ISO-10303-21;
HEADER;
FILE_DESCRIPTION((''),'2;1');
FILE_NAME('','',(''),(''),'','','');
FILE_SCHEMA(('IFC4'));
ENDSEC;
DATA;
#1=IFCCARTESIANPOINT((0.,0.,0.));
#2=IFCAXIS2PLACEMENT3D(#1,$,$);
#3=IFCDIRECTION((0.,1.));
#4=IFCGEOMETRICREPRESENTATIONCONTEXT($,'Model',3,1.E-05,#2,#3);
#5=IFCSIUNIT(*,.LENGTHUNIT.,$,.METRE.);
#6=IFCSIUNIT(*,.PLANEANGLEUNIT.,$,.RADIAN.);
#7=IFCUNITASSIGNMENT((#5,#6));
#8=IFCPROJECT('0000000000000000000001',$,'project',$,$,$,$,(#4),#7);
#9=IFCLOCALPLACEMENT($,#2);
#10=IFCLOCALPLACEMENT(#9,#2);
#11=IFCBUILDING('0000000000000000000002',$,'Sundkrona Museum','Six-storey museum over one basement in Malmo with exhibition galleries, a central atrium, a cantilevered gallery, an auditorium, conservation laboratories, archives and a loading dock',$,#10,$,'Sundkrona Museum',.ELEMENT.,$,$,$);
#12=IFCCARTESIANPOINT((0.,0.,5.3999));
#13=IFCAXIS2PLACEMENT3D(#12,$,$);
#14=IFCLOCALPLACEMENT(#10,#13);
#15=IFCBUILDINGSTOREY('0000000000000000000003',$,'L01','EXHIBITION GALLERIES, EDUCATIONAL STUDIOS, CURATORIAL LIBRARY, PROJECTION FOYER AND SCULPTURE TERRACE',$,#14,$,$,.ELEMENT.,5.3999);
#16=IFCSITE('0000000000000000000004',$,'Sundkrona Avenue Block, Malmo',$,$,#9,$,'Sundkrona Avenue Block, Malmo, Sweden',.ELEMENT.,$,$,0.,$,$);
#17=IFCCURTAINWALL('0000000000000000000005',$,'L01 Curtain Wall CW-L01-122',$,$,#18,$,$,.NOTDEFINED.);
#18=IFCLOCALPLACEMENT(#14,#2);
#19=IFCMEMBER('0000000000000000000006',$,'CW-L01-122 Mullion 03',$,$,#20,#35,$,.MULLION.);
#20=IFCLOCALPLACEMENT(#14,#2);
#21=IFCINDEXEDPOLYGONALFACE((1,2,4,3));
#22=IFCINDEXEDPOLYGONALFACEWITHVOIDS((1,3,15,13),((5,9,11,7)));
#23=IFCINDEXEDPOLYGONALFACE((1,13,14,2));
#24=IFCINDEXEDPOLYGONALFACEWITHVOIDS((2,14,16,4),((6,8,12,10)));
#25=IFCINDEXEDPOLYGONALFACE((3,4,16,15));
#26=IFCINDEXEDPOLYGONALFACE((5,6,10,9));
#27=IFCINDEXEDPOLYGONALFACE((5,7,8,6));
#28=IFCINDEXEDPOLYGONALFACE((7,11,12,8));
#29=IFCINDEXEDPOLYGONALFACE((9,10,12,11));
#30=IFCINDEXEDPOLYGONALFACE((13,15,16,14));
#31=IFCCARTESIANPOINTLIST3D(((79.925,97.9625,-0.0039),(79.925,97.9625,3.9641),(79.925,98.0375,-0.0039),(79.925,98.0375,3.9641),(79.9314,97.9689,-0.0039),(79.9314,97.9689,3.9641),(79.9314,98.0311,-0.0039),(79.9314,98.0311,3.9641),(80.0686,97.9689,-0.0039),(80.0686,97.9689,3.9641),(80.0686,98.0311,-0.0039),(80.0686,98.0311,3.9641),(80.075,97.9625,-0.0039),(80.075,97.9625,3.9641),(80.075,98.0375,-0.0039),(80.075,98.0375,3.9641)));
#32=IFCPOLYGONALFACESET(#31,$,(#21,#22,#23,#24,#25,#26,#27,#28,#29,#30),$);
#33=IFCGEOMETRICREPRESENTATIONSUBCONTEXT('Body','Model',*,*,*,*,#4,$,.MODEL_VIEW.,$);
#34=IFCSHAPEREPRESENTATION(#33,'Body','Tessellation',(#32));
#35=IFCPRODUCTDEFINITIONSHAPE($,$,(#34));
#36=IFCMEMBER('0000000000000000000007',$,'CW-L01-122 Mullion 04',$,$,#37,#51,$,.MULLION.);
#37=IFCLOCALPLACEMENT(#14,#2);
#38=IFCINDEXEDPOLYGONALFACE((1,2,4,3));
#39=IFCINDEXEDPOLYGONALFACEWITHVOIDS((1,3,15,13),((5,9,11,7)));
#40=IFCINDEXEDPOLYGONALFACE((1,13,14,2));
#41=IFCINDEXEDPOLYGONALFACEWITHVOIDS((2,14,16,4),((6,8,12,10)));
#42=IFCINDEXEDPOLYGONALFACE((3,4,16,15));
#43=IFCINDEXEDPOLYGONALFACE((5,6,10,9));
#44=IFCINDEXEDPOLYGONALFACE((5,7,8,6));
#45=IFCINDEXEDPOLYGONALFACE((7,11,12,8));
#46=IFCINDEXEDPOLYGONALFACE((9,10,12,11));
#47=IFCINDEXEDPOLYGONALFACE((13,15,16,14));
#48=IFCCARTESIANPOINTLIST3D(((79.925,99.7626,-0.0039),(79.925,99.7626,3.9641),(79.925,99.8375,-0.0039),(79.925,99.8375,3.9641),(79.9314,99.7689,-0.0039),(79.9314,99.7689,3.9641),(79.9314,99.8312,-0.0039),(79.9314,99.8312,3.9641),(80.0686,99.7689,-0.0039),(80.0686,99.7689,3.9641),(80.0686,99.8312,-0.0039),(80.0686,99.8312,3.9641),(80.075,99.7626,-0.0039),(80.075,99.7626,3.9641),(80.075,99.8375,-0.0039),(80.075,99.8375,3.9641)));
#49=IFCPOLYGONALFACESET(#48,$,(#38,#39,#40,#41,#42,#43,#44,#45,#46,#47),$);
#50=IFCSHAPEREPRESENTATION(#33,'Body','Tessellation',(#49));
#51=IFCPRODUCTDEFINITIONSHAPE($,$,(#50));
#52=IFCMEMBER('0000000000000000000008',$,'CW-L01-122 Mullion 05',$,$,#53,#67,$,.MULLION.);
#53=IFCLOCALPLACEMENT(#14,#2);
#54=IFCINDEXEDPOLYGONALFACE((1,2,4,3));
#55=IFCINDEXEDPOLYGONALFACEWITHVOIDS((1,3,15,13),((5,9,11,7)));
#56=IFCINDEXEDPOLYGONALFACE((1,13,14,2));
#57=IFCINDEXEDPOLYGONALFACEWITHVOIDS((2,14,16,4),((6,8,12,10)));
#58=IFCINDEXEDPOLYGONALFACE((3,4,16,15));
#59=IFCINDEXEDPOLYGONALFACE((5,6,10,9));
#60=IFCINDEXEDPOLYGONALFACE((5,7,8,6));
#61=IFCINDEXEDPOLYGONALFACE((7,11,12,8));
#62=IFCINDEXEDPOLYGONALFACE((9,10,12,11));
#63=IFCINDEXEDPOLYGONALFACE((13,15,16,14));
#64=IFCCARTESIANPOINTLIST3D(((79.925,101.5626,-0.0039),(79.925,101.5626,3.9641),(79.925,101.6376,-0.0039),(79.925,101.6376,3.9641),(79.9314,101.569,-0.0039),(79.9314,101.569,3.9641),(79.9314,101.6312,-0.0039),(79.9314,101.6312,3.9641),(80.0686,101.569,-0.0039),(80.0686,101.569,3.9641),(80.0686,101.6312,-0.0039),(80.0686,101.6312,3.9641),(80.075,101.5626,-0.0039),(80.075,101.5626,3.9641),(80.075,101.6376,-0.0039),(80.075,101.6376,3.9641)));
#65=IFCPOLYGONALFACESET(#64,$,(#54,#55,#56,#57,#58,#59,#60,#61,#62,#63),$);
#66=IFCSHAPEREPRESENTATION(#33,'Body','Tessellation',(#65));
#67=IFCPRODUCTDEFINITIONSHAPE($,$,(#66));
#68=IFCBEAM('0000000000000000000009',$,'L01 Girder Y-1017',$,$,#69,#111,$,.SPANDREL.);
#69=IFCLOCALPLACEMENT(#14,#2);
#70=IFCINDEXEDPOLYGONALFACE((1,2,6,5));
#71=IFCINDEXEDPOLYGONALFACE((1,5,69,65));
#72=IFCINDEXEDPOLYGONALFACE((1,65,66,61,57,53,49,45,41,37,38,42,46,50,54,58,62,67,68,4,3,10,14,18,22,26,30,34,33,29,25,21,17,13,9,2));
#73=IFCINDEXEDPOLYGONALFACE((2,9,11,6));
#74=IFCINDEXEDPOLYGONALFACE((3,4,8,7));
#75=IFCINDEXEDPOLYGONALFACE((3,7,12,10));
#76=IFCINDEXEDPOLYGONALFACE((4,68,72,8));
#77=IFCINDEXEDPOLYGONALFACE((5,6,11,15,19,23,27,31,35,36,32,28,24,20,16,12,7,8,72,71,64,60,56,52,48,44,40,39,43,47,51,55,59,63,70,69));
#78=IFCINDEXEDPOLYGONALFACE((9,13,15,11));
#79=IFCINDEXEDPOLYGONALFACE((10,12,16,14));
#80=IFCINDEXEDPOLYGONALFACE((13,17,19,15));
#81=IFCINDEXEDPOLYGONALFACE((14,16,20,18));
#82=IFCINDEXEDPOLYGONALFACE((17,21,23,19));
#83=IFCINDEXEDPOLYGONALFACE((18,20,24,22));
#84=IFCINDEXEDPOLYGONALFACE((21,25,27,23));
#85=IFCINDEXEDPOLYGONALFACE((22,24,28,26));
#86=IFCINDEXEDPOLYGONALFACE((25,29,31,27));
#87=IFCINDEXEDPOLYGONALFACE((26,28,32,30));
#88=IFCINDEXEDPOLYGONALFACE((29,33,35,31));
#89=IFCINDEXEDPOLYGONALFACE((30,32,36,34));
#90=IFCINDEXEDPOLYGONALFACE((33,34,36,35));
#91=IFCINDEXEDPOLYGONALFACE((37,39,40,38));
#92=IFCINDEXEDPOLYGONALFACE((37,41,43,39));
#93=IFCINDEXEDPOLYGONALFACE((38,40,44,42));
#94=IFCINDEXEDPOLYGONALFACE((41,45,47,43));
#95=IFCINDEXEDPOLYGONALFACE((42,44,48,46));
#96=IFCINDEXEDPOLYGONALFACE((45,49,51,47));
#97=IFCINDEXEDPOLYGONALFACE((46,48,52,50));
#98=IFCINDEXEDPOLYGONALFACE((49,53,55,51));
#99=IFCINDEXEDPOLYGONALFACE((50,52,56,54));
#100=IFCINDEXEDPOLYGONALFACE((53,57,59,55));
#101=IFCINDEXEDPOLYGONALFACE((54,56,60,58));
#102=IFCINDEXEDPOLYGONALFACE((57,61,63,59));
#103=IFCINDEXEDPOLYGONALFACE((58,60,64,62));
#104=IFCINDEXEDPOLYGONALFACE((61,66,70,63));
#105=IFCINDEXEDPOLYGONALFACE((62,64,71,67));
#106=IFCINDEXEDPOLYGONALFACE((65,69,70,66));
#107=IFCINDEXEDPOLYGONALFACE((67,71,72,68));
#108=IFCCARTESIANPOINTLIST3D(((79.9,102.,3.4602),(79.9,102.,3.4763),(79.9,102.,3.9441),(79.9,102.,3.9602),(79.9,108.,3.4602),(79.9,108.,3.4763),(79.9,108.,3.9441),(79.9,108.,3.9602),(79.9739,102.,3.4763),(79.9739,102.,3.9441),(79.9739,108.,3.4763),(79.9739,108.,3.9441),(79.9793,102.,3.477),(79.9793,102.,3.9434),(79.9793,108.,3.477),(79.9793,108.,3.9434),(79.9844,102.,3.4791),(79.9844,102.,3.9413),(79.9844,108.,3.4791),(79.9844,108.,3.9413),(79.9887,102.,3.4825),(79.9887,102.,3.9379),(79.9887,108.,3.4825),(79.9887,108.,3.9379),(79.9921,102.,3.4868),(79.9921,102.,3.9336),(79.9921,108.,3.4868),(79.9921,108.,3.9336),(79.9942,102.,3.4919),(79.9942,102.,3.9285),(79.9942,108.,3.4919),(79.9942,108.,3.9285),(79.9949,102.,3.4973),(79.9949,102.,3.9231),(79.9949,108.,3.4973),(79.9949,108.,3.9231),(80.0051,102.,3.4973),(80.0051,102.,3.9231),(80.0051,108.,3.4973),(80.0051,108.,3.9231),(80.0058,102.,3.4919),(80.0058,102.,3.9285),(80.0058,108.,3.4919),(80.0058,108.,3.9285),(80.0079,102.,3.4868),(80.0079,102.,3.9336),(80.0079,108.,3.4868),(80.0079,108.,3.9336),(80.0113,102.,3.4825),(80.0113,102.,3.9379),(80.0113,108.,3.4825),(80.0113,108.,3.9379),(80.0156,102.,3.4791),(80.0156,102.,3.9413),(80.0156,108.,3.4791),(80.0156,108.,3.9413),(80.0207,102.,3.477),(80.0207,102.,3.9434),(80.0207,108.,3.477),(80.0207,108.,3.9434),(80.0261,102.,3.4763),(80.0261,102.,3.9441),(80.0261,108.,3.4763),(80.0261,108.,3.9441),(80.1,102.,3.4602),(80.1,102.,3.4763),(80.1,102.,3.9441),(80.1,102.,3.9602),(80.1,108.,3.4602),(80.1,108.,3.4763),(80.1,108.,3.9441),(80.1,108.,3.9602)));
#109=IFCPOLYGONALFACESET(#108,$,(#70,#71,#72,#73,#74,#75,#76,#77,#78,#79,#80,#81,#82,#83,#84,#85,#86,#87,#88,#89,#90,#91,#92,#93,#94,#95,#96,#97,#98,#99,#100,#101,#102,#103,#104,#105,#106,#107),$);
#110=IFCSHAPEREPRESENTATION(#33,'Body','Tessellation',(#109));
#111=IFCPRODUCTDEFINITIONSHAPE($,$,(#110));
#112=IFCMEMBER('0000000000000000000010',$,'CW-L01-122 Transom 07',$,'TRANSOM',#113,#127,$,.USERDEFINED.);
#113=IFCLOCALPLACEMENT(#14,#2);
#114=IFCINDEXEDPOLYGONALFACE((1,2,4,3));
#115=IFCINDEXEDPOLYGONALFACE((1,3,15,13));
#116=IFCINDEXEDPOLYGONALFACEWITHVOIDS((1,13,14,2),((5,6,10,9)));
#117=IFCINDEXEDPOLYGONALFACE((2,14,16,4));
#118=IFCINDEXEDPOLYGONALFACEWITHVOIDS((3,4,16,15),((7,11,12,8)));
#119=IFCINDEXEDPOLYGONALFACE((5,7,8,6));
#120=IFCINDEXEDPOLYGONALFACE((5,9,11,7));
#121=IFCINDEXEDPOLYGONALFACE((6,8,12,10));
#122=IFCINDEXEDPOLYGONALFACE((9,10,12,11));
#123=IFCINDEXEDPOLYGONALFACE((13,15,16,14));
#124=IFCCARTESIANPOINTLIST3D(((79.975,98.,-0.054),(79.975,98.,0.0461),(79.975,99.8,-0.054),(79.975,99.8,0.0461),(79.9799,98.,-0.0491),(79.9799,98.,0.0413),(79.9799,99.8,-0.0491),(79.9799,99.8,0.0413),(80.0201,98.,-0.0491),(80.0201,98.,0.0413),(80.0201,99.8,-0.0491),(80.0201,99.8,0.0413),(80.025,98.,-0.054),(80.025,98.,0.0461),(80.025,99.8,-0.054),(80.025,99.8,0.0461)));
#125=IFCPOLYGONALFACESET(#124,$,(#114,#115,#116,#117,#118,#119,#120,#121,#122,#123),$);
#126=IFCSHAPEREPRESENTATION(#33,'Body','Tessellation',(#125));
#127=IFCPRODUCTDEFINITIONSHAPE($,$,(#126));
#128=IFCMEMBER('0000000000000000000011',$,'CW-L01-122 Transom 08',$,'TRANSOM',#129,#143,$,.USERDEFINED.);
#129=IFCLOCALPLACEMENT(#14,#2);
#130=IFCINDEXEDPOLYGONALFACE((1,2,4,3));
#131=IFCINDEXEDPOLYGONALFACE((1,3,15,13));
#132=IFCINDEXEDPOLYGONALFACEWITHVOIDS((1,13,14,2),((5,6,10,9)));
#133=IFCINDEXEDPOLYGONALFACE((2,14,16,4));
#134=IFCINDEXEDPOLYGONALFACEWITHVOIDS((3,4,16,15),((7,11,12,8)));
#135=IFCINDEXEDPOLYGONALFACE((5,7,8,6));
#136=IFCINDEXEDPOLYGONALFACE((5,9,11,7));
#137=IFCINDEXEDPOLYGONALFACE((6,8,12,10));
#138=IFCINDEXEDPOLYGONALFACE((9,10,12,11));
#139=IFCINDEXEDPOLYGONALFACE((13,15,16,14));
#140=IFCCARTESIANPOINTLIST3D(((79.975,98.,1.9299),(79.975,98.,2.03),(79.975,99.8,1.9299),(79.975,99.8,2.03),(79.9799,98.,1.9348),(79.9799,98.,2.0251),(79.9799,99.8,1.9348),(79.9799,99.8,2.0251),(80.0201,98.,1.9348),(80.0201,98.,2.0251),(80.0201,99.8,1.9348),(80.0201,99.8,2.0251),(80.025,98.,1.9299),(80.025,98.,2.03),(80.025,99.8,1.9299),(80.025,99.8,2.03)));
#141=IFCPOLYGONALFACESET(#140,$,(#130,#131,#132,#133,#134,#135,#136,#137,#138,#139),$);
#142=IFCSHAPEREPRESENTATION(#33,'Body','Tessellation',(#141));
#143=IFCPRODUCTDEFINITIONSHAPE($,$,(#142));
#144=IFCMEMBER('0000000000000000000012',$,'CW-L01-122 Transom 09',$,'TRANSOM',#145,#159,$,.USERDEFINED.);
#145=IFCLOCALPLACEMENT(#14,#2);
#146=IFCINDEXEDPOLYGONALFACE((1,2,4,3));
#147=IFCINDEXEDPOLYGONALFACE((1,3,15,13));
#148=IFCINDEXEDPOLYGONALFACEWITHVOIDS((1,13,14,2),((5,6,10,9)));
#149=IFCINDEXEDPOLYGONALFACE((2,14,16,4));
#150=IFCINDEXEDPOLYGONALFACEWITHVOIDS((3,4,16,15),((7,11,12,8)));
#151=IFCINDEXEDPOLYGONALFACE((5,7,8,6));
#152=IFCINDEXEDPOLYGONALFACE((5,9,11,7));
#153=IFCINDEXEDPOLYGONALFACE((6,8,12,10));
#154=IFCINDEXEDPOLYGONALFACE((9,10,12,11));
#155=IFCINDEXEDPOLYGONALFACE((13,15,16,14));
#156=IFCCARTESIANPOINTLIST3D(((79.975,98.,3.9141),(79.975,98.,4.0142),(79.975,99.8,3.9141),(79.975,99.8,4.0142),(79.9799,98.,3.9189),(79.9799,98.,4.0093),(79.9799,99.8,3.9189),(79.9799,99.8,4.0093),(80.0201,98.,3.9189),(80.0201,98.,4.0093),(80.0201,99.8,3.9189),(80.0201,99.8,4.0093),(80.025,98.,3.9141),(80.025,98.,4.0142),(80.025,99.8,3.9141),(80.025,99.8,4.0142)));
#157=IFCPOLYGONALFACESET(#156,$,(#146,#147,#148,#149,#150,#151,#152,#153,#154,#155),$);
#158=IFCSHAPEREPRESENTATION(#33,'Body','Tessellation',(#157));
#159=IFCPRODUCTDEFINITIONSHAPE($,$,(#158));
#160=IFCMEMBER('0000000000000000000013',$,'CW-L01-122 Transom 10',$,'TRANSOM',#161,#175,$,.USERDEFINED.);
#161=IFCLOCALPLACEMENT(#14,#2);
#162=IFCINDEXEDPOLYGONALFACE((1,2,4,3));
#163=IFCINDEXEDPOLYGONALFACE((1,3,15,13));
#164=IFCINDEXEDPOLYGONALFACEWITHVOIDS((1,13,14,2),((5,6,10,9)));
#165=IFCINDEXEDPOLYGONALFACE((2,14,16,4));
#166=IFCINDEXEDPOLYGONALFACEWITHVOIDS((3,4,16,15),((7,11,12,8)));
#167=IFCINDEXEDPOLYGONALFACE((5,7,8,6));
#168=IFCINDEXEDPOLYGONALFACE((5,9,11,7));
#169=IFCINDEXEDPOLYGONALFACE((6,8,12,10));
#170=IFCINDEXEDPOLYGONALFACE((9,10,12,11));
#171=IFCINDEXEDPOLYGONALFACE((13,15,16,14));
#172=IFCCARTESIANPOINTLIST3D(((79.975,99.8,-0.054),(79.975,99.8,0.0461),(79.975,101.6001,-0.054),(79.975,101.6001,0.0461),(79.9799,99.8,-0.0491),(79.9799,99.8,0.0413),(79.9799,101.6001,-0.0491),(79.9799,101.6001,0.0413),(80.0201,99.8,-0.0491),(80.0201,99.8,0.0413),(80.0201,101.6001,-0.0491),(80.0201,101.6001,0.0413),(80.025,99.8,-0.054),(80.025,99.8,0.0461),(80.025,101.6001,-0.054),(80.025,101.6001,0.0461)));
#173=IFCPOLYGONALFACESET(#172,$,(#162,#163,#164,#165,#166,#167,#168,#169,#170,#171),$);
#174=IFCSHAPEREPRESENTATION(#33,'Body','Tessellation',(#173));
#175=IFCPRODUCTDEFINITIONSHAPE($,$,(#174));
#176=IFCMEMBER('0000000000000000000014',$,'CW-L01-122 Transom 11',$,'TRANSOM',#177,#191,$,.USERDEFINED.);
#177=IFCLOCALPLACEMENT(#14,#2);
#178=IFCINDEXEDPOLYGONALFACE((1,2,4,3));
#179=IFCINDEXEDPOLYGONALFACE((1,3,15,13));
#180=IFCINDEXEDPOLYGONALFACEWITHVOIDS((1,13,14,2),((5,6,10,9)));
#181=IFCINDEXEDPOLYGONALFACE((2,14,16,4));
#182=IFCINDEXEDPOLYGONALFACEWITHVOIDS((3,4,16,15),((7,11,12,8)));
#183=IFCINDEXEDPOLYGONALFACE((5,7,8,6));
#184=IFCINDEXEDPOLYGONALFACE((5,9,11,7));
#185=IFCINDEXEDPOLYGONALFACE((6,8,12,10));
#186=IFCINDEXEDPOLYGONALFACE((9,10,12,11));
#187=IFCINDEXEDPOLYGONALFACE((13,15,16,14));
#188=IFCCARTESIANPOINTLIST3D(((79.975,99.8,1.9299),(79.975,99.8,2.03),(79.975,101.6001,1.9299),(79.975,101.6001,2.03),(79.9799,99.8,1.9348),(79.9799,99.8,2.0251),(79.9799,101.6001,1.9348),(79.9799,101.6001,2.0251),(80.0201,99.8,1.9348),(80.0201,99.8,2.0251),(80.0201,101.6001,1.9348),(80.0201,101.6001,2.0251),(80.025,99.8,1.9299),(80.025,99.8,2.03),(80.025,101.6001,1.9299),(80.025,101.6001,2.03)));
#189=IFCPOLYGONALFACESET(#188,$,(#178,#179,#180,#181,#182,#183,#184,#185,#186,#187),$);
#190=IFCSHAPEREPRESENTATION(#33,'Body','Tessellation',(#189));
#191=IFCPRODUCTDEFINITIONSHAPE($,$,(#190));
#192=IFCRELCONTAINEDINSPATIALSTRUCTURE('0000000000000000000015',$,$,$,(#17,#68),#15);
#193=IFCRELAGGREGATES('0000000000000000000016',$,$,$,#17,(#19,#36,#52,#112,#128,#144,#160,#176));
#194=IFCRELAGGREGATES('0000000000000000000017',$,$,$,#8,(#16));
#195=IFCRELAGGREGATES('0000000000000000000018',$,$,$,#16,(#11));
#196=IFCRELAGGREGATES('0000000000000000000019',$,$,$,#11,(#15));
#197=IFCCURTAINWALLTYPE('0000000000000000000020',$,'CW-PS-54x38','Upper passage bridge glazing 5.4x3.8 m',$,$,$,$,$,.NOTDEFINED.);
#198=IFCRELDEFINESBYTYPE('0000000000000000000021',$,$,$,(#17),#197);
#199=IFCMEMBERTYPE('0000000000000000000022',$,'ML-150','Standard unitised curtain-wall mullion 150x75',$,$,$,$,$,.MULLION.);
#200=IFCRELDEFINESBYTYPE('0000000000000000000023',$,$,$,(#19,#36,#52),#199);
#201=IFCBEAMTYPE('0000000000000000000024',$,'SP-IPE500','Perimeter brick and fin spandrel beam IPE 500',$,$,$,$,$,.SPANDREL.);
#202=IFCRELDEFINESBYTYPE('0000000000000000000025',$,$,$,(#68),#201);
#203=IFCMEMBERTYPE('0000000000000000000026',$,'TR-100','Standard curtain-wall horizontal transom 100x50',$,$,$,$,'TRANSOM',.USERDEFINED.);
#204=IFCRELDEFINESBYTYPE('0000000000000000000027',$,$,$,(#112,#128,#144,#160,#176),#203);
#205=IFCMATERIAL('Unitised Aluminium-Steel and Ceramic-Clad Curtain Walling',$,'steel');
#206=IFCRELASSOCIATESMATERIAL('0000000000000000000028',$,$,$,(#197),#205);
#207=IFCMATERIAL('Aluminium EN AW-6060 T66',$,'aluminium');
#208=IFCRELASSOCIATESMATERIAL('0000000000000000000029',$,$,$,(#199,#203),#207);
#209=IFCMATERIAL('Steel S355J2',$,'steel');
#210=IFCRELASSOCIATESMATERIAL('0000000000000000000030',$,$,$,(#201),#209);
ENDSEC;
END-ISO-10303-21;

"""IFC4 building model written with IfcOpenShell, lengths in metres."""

from ifc_helpers import new_model, si_unit, direction, frame, origin, origin_2d, place, context, subcontext, project, spatial, hollow_rectangle, i_section, extrude, material, material_profile, profile_set, type_object, element, aggregate, save


model = new_model("IFC4")

# Units and contexts
model_context = context("Model", 3, precision=1e-05, world=origin(), true_north=direction((0.0, 1.0)))
body_context = subcontext(model_context, "Body", "Model", "MODEL_VIEW")
ifc_project = project(units=[si_unit("LENGTHUNIT", "METRE"), si_unit("PLANEANGLEUNIT", "RADIAN")], contexts=[model_context])

# Site, building, storey
site_placement = place(None, origin())
site = spatial("IfcSite", under=ifc_project, at=site_placement, Name="Sundkrona Avenue Block, Malmo", LongName="Sundkrona Avenue Block, Malmo, Sweden", CompositionType="ELEMENT", RefElevation=0.0)
building_placement = place(site_placement, origin())
building = spatial("IfcBuilding", under=site, at=building_placement, Name="Sundkrona Museum", Description="Six-storey museum over one basement in Malmo with exhibition galleries, a central atrium, a cantilevered gallery, an auditorium, conservation laboratories, archives and a loading dock", LongName="Sundkrona Museum", CompositionType="ELEMENT")
storey_placement = place(building_placement, frame((0.0, 0.0, 5.3999)))
storey = spatial("IfcBuildingStorey", under=building, at=storey_placement, Name="L01", Description="EXHIBITION GALLERIES, EDUCATIONAL STUDIOS, CURATORIAL LIBRARY, PROJECTION FOYER AND SCULPTURE TERRACE", CompositionType="ELEMENT", Elevation=5.3999)

# Shared definitions
ifc_material_1 = material(Name="Steel S355J2", Category="steel")

# Curtain wall, members
ifc_material_2 = material(Name="Unitised Aluminium-Steel and Ceramic-Clad Curtain Walling", Category="steel")
curtain_wall_type = type_object("IfcCurtainWallType", Name="CW-PS-54x38", Description="Upper passage bridge glazing 5.4x3.8 m", PredefinedType="NOTDEFINED", material=ifc_material_2)
curtain_wall_placement = place(storey_placement, origin())
curtain_wall = element("IfcCurtainWall", 1, at=curtain_wall_placement, inside=storey, type_object=curtain_wall_type, Name="L01 Curtain Wall CW-L01-122", PredefinedType="NOTDEFINED")
ifc_material_3 = material(Name="Aluminium EN AW-6060 T66", Category="aluminium")
ifc_material_profile_1 = material_profile(ifc_material_3, hollow_rectangle(XDim=0.075, YDim=0.1499, WallThickness=0.0063, at=origin_2d()), Name="RHS 150x75x6.3")
ifc_profile_set_1 = profile_set([ifc_material_profile_1], Name="Aluminium EN AW-6060 T66")
member_type_1 = type_object("IfcMemberType", Name="ML-150", Description="Standard unitised curtain-wall mullion 150x75", PredefinedType="MULLION", material=ifc_profile_set_1)
member_1_placement = place(storey_placement, frame((80.0, 98.0, -0.0039), z_axis=(0.0, 0.0, 1.0), x_axis=(0.0, 1.0, 0.0)))
member_1 = element("IfcMember", 2, at=member_1_placement, type_object=member_type_1, Name="CW-L01-122 Mullion 03", PredefinedType="MULLION", context=body_context, shape_type="SweptSolid", body=[
    extrude(hollow_rectangle(XDim=0.075, YDim=0.1499, WallThickness=0.0063, at=origin_2d()), origin(), (0.0, 0.0, 1.0), 3.968),
])
member_2_placement = place(storey_placement, frame((80.0, 99.8, -0.0039), z_axis=(0.0, 0.0, 1.0), x_axis=(0.0, 1.0, 0.0)))
member_2 = element("IfcMember", 3, at=member_2_placement, type_object=member_type_1, Name="CW-L01-122 Mullion 04", PredefinedType="MULLION", context=body_context, shape_type="SweptSolid", body=[
    extrude(hollow_rectangle(XDim=0.075, YDim=0.1499, WallThickness=0.0063, at=origin_2d()), origin(), (0.0, 0.0, 1.0), 3.968),
])
member_3_placement = place(storey_placement, frame((80.0, 101.6001, -0.0039), z_axis=(0.0, 0.0, 1.0), x_axis=(0.0, 1.0, 0.0)))
member_3 = element("IfcMember", 4, at=member_3_placement, type_object=member_type_1, Name="CW-L01-122 Mullion 05", PredefinedType="MULLION", context=body_context, shape_type="SweptSolid", body=[
    extrude(hollow_rectangle(XDim=0.075, YDim=0.1499, WallThickness=0.0063, at=origin_2d()), origin(), (0.0, 0.0, 1.0), 3.968),
])

# Beam
ifc_material_profile_2 = material_profile(ifc_material_1, i_section(OverallWidth=0.2, OverallDepth=0.5, WebThickness=0.0103, FlangeThickness=0.0161, FilletRadius=0.021, at=origin_2d()), Name="IPE 500")
ifc_profile_set_2 = profile_set([ifc_material_profile_2], Name="Steel S355J2")
beam_type_1 = type_object("IfcBeamType", Name="SP-IPE500", Description="Perimeter brick and fin spandrel beam IPE 500", PredefinedType="SPANDREL", material=ifc_profile_set_2)
beam_1_placement = place(storey_placement, frame((80.0, 102.0, 3.7102), z_axis=(0.0, 1.0, 0.0), x_axis=(-1.0, 0.0, 0.0)))
element("IfcBeam", 5, at=beam_1_placement, inside=storey, type_object=beam_type_1, Name="L01 Girder Y-1017", PredefinedType="SPANDREL", context=body_context, shape_type="SweptSolid", body=[
    extrude(i_section(OverallWidth=0.2, OverallDepth=0.5, WebThickness=0.0103, FlangeThickness=0.0161, FilletRadius=0.021, at=origin_2d()), origin(), (0.0, 0.0, 1.0), 6.0),
])

# Members
ifc_material_profile_3 = material_profile(ifc_material_3, hollow_rectangle(XDim=0.05, YDim=0.1001, WallThickness=0.0049, at=origin_2d()), Name="RHS 100x50x5.0")
ifc_profile_set_3 = profile_set([ifc_material_profile_3], Name="Aluminium EN AW-6060 T66")
member_type_2 = type_object("IfcMemberType", Name="TR-100", Description="Standard curtain-wall horizontal transom 100x50", ElementType="TRANSOM", PredefinedType="USERDEFINED", material=ifc_profile_set_3)
member_4_placement = place(storey_placement, frame((80.0, 98.0, -0.0039), z_axis=(0.0, 1.0, 0.0), x_axis=(-1.0, 0.0, 0.0)))
member_4 = element("IfcMember", 6, at=member_4_placement, type_object=member_type_2, Name="CW-L01-122 Transom 07", ObjectType="TRANSOM", PredefinedType="USERDEFINED", context=body_context, shape_type="SweptSolid", body=[
    extrude(hollow_rectangle(XDim=0.05, YDim=0.1001, WallThickness=0.0049, at=origin_2d()), origin(), (0.0, 0.0, 1.0), 1.8),
])
member_5_placement = place(storey_placement, frame((80.0, 98.0, 1.98), z_axis=(0.0, 1.0, 0.0), x_axis=(-1.0, 0.0, 0.0)))
member_5 = element("IfcMember", 7, at=member_5_placement, type_object=member_type_2, Name="CW-L01-122 Transom 08", ObjectType="TRANSOM", PredefinedType="USERDEFINED", context=body_context, shape_type="SweptSolid", body=[
    extrude(hollow_rectangle(XDim=0.05, YDim=0.1001, WallThickness=0.0049, at=origin_2d()), origin(), (0.0, 0.0, 1.0), 1.8),
])
member_6_placement = place(storey_placement, frame((80.0, 98.0, 3.9641), z_axis=(0.0, 1.0, 0.0), x_axis=(-1.0, 0.0, 0.0)))
member_6 = element("IfcMember", 8, at=member_6_placement, type_object=member_type_2, Name="CW-L01-122 Transom 09", ObjectType="TRANSOM", PredefinedType="USERDEFINED", context=body_context, shape_type="SweptSolid", body=[
    extrude(hollow_rectangle(XDim=0.05, YDim=0.1001, WallThickness=0.0049, at=origin_2d()), origin(), (0.0, 0.0, 1.0), 1.8),
])
member_7_placement = place(storey_placement, frame((80.0, 99.8, -0.0039), z_axis=(0.0, 1.0, 0.0), x_axis=(-1.0, 0.0, 0.0)))
member_7 = element("IfcMember", 9, at=member_7_placement, type_object=member_type_2, Name="CW-L01-122 Transom 10", ObjectType="TRANSOM", PredefinedType="USERDEFINED", context=body_context, shape_type="SweptSolid", body=[
    extrude(hollow_rectangle(XDim=0.05, YDim=0.1001, WallThickness=0.0049, at=origin_2d()), origin(), (0.0, 0.0, 1.0), 1.8),
])
member_8_placement = place(storey_placement, frame((80.0, 99.8, 1.98), z_axis=(0.0, 1.0, 0.0), x_axis=(-1.0, 0.0, 0.0)))
member_8 = element("IfcMember", 10, at=member_8_placement, type_object=member_type_2, Name="CW-L01-122 Transom 11", ObjectType="TRANSOM", PredefinedType="USERDEFINED", context=body_context, shape_type="SweptSolid", body=[
    extrude(hollow_rectangle(XDim=0.05, YDim=0.1001, WallThickness=0.0049, at=origin_2d()), origin(), (0.0, 0.0, 1.0), 1.8),
])

aggregate(curtain_wall, [member_1, member_2, member_3, member_4, member_5, member_6, member_7, member_8])

save(model, "model.ifc")
